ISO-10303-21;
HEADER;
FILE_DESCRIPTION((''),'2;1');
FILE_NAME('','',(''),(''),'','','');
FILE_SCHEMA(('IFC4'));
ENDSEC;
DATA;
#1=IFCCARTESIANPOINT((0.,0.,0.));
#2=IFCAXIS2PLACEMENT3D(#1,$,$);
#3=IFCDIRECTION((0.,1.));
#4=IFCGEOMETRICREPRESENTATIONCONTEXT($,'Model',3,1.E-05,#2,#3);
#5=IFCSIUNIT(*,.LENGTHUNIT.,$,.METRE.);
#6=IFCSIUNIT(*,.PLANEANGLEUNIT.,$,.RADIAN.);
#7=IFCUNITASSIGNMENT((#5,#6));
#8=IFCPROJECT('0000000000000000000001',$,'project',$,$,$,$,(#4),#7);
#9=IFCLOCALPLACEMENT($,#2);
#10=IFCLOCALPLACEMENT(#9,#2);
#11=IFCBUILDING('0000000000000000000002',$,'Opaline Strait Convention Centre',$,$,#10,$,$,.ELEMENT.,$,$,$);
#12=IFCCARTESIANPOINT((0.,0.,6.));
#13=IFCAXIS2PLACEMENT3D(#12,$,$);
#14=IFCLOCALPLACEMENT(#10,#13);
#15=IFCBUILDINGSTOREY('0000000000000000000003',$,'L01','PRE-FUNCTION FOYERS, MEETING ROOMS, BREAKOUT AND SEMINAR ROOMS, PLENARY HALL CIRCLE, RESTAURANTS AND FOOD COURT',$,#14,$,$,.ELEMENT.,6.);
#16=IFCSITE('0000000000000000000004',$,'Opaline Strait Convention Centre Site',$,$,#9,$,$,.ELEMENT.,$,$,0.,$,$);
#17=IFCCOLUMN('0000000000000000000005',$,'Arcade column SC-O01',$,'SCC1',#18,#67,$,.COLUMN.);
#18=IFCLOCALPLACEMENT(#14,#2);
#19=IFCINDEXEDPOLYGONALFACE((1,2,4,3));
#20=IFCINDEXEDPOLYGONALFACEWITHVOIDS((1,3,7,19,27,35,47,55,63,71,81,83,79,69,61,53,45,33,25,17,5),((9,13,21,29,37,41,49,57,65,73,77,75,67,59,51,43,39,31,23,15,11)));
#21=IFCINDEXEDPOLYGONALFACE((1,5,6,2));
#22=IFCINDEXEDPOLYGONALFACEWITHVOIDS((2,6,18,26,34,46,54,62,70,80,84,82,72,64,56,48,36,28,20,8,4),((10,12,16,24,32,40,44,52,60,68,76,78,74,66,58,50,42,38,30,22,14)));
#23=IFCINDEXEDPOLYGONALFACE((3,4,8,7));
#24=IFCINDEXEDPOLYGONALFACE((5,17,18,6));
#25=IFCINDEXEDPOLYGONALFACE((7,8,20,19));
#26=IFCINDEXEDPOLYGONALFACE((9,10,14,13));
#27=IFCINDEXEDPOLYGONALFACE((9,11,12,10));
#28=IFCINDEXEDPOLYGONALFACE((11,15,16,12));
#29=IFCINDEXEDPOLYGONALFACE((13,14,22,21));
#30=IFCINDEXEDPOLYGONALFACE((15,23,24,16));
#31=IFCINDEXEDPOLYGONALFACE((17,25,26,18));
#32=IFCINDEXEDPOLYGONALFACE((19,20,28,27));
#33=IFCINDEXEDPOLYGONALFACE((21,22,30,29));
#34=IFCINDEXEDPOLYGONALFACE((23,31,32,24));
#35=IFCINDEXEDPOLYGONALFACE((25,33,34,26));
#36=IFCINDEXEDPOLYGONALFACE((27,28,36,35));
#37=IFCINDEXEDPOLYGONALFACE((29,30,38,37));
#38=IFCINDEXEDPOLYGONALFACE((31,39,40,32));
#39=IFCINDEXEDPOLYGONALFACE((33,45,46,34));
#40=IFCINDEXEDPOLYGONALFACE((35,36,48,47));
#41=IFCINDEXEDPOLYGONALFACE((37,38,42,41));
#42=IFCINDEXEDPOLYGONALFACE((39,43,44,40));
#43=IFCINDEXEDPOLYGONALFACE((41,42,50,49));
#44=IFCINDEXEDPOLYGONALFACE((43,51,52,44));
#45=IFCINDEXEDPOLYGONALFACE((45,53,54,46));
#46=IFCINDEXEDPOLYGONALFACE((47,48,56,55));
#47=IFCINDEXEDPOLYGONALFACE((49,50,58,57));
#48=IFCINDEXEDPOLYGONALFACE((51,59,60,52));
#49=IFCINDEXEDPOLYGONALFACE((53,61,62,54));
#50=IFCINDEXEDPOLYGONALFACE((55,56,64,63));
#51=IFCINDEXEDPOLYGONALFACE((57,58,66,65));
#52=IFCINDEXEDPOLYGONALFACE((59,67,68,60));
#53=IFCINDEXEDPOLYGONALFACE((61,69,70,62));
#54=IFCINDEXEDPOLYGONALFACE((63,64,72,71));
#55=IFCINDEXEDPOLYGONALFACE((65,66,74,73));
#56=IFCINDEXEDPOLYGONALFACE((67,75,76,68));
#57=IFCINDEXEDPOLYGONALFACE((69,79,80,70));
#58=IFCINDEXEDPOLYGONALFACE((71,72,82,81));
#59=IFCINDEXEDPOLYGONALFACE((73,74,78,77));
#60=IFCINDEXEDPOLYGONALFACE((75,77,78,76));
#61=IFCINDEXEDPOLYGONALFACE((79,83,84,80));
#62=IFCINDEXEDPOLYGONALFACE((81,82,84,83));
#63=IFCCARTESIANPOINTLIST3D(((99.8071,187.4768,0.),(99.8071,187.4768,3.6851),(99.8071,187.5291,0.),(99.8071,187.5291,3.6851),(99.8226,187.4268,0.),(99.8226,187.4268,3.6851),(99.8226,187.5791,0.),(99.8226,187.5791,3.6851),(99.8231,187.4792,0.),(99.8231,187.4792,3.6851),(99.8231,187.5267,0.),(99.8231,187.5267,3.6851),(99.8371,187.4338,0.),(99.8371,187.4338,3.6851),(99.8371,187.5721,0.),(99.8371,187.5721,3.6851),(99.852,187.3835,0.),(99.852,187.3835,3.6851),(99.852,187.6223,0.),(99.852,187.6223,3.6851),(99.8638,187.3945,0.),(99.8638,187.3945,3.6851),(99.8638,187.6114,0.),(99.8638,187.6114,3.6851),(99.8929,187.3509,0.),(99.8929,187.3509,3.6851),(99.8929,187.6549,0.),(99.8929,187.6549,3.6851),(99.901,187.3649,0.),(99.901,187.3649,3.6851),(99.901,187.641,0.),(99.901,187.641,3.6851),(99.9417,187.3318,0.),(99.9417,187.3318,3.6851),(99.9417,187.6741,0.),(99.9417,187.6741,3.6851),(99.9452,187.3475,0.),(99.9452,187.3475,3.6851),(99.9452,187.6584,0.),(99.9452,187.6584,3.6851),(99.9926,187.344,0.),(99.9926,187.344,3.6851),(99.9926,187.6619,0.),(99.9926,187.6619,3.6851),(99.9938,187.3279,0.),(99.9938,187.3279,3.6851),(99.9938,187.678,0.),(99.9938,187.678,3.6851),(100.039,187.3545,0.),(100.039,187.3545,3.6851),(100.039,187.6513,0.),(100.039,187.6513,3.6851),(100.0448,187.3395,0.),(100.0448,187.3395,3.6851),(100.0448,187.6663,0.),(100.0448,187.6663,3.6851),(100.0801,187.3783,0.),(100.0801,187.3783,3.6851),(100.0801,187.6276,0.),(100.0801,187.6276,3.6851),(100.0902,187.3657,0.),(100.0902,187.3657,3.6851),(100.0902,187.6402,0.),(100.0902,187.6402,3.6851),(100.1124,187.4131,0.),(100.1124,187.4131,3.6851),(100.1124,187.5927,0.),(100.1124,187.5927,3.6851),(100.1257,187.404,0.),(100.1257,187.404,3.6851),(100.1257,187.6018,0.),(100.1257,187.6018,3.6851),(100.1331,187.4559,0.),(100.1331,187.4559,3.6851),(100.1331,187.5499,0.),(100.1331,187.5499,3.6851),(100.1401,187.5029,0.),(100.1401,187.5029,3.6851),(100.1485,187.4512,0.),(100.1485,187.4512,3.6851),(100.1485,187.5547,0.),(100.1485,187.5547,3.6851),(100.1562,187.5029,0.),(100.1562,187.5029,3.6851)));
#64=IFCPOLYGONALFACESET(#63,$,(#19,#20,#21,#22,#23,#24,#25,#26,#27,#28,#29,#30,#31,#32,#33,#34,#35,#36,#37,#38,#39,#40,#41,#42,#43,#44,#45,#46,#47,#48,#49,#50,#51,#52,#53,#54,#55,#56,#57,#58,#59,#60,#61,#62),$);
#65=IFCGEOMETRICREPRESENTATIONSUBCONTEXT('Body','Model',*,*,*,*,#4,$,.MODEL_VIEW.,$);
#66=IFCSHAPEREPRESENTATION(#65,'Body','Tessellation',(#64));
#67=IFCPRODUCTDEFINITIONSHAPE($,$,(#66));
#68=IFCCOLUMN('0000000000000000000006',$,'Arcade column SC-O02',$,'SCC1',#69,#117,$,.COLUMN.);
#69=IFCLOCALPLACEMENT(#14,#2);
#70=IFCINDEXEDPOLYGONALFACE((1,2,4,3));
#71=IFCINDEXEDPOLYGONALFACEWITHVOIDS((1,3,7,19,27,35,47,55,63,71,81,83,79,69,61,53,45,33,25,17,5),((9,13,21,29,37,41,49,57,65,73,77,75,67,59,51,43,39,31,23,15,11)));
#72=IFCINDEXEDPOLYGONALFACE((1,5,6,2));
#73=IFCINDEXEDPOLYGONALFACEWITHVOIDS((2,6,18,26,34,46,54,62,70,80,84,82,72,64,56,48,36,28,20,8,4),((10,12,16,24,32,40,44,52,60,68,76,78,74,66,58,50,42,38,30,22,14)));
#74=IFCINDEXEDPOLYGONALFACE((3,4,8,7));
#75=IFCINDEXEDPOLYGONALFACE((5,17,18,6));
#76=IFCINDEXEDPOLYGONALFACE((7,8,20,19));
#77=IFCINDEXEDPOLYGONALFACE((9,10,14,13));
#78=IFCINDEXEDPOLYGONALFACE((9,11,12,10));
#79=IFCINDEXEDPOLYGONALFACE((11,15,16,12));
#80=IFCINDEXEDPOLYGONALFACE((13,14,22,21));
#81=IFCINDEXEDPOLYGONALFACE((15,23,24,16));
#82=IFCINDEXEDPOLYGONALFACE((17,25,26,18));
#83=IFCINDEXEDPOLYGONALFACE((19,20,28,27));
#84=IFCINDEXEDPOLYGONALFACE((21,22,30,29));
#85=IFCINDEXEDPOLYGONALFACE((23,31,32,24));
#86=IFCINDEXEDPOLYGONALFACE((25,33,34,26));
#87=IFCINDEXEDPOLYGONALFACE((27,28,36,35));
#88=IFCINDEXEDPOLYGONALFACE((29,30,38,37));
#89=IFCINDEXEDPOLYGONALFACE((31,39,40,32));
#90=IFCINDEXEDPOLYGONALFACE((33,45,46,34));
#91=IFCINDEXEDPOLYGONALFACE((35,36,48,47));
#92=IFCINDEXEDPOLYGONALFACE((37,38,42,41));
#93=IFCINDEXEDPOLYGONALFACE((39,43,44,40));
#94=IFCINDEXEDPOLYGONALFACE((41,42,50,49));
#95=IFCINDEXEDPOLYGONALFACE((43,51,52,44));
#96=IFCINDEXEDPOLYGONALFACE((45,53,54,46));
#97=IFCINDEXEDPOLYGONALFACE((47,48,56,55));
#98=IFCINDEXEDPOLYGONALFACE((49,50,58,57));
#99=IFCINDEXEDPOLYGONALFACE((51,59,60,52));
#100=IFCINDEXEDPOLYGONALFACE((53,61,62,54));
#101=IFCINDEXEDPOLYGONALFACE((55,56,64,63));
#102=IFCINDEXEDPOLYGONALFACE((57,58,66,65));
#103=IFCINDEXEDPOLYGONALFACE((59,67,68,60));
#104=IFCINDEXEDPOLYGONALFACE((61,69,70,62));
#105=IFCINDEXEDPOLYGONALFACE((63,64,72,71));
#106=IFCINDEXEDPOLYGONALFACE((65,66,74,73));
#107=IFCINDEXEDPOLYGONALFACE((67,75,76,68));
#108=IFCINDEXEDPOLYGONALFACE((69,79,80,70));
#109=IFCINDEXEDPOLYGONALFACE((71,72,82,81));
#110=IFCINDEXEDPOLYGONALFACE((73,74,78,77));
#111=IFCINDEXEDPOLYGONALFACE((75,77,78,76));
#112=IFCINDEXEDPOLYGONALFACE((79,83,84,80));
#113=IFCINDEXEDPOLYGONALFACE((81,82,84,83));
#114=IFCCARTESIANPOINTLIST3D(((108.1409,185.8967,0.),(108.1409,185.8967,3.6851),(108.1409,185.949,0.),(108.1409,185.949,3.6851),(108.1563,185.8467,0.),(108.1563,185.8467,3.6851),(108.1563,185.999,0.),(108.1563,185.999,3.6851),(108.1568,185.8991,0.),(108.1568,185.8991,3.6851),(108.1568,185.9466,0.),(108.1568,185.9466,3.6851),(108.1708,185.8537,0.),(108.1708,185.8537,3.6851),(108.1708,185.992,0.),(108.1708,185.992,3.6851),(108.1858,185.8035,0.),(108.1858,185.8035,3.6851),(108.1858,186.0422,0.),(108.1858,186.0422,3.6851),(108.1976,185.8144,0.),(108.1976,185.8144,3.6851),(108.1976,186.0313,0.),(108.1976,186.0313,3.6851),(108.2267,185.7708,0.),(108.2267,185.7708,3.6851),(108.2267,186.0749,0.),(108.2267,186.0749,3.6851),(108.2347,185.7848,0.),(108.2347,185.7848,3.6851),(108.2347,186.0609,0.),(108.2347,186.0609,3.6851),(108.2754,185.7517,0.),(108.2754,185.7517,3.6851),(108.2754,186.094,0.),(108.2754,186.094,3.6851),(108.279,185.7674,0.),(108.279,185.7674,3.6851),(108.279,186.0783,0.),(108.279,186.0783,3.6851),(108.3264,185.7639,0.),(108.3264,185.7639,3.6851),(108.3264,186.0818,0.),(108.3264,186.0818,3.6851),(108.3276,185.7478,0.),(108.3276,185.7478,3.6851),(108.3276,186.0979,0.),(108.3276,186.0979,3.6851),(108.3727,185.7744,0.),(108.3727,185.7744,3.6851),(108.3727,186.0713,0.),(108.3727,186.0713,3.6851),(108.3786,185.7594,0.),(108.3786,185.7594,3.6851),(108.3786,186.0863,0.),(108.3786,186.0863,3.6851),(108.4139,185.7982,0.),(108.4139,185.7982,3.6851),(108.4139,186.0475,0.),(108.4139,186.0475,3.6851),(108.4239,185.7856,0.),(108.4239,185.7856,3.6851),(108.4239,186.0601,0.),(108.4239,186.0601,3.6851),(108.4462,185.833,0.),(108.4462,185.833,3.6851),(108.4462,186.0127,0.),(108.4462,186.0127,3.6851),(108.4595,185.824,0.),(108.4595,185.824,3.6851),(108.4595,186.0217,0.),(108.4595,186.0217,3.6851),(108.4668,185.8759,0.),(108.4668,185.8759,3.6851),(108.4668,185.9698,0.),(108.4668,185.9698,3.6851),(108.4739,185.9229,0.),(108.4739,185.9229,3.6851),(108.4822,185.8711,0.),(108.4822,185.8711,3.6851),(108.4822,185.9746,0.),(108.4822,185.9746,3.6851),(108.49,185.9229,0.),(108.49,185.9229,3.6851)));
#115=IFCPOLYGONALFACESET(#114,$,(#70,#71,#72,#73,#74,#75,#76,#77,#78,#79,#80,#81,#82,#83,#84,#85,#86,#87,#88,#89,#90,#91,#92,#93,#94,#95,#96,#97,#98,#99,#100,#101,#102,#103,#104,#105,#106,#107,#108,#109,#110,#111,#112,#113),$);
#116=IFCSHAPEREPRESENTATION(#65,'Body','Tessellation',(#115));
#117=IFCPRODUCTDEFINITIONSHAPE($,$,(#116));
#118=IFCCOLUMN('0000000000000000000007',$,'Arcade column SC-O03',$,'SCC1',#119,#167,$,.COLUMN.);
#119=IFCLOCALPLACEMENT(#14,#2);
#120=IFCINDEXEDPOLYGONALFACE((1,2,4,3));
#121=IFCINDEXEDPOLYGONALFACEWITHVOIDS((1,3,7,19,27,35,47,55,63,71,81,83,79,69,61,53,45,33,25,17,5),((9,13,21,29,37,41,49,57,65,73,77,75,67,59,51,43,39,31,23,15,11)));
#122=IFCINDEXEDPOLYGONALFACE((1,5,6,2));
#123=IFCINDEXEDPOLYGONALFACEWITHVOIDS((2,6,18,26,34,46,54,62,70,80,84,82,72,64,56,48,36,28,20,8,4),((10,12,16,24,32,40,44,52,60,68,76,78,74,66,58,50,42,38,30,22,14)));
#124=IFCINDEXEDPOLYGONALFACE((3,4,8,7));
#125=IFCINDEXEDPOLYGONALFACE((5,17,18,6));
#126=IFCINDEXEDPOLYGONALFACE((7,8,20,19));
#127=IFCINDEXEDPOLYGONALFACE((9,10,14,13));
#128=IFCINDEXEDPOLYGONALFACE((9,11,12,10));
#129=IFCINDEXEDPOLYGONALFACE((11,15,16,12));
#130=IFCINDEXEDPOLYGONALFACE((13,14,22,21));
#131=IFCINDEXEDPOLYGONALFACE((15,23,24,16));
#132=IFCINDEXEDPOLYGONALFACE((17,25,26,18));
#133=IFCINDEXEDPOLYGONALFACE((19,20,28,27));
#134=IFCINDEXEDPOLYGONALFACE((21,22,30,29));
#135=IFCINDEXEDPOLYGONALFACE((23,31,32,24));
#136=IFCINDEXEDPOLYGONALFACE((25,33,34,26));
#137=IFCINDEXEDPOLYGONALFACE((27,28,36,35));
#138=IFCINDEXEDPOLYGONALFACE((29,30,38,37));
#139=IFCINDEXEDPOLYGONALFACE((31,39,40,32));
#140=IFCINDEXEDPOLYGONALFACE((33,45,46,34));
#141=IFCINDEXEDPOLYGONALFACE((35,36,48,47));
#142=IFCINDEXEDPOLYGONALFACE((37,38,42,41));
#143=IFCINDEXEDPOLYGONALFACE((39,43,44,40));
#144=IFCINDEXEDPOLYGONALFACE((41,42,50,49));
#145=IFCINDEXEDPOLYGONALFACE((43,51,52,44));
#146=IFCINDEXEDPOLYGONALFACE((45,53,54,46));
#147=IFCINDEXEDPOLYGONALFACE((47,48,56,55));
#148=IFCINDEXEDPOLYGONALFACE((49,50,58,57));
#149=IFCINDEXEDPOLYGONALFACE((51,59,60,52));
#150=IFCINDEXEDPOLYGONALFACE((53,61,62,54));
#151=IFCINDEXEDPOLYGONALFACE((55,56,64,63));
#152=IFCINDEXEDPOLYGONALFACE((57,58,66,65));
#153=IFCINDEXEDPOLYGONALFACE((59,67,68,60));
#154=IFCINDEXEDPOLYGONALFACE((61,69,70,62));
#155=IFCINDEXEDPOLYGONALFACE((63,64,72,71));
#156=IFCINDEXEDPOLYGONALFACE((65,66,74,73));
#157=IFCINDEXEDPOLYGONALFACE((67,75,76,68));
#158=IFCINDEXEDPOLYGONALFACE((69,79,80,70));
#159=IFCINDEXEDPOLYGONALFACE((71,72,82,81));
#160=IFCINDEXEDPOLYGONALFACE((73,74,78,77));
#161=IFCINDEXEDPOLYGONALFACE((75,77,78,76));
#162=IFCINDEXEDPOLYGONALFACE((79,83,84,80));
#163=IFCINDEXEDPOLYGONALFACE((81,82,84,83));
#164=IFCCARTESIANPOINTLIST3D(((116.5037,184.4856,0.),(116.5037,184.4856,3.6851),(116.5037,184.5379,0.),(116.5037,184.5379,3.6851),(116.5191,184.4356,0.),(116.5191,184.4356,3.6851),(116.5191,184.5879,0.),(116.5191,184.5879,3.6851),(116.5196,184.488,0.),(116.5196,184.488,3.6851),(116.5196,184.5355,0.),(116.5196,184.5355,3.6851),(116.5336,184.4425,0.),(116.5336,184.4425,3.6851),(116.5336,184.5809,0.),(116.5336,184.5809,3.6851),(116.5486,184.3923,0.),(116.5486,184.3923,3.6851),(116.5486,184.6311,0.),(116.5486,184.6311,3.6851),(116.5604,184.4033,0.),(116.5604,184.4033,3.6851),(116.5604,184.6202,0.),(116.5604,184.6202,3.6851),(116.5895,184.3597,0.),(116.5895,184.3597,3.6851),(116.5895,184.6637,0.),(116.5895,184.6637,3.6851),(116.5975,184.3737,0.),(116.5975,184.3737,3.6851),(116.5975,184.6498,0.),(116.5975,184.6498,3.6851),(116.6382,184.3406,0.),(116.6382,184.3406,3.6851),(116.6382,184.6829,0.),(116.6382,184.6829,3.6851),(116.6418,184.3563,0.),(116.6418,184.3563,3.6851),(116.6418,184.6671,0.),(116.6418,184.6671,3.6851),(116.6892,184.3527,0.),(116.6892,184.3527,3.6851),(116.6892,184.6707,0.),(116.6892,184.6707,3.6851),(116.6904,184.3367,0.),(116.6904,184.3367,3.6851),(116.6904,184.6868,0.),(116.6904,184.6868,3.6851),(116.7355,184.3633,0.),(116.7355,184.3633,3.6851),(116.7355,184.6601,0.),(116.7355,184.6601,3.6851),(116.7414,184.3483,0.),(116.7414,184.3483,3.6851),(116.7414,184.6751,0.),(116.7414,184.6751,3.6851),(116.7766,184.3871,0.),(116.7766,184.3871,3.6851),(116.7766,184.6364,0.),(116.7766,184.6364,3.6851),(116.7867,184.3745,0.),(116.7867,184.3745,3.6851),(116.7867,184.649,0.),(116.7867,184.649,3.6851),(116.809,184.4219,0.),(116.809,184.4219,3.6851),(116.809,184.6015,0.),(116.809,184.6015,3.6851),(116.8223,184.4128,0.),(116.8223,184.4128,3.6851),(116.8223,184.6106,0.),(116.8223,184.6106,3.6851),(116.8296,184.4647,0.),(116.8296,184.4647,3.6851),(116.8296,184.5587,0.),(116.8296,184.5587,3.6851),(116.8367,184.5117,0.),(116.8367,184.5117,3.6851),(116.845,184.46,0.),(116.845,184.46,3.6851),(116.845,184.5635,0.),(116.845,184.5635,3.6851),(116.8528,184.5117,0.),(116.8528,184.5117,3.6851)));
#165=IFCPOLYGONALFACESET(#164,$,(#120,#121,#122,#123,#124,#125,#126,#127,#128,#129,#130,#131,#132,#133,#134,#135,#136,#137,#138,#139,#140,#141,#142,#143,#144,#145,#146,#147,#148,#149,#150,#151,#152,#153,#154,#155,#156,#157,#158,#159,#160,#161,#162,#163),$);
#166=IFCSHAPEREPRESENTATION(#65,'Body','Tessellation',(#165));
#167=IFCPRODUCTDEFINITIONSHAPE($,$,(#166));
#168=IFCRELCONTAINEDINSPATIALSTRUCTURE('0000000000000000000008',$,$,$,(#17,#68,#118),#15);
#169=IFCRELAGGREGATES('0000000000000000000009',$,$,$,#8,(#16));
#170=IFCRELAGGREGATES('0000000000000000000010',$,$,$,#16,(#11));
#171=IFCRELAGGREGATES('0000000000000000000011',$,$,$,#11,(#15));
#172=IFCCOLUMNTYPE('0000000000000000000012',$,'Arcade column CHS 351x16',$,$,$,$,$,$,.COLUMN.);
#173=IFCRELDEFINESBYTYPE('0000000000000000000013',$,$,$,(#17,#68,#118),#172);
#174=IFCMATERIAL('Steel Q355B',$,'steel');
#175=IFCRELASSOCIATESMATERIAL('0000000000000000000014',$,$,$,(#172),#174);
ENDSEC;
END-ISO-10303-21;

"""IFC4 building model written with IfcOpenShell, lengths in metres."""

from ifc_helpers import new_model, si_unit, direction, frame, origin, origin_2d, place, context, subcontext, project, spatial, hollow_circle, extrude, material, material_profile, profile_set, type_object, element, save


model = new_model("IFC4")

# Units and contexts
model_context = context("Model", 3, precision=1e-05, world=origin(), true_north=direction((0.0, 1.0)))
body_context = subcontext(model_context, "Body", "Model", "MODEL_VIEW")
ifc_project = project(units=[si_unit("LENGTHUNIT", "METRE"), si_unit("PLANEANGLEUNIT", "RADIAN")], contexts=[model_context])

# Site, building, storey
site_placement = place(None, origin())
site = spatial("IfcSite", under=ifc_project, at=site_placement, Name="Opaline Strait Convention Centre Site", CompositionType="ELEMENT", RefElevation=0.0)
building_placement = place(site_placement, origin())
building = spatial("IfcBuilding", under=site, at=building_placement, Name="Opaline Strait Convention Centre", CompositionType="ELEMENT")
storey_placement = place(building_placement, frame((0.0, 0.0, 6.0)))
storey = spatial("IfcBuildingStorey", under=building, at=storey_placement, Name="L01", Description="PRE-FUNCTION FOYERS, MEETING ROOMS, BREAKOUT AND SEMINAR ROOMS, PLENARY HALL CIRCLE, RESTAURANTS AND FOOD COURT", CompositionType="ELEMENT", Elevation=6.0)

# Columns
ifc_material_1 = material(Name="Steel Q355B", Category="steel")
ifc_material_profile_1 = material_profile(ifc_material_1, hollow_circle(Radius=0.1755, WallThickness=0.0161, at=origin_2d()), Name="CHS 351x16")
ifc_profile_set_1 = profile_set([ifc_material_profile_1], Name="Steel Q355B")
column_type = type_object("IfcColumnType", Name="Arcade column CHS 351x16", PredefinedType="COLUMN", material=ifc_profile_set_1)
for number, where, z_axis, x_axis, name in (
    (1, (99.9807, 187.5029, 0.0), (0.0, 0.0, 1.0), (1.0, 0.0, 0.0), "Arcade column SC-O01"),
    (2, (108.3145, 185.9229, 0.0), (0.0, 0.0, 1.0), (1.0, 0.0, 0.0), "Arcade column SC-O02"),
    (3, (116.6772, 184.5117, 0.0), (0.0, 0.0, 1.0), (1.0, 0.0, 0.0), "Arcade column SC-O03"),
):
    element("IfcColumn", number, at=place(storey_placement, frame(where, z_axis=z_axis, x_axis=x_axis)), inside=storey, type_object=column_type, Name=name, ObjectType="SCC1", PredefinedType="COLUMN", context=body_context, shape_type="SweptSolid", body=[
        extrude(hollow_circle(Radius=0.1755, WallThickness=0.0161, at=origin_2d()), origin(), (0.0, 0.0, 1.0), 3.6851),
    ])

save(model, "model.ifc")
